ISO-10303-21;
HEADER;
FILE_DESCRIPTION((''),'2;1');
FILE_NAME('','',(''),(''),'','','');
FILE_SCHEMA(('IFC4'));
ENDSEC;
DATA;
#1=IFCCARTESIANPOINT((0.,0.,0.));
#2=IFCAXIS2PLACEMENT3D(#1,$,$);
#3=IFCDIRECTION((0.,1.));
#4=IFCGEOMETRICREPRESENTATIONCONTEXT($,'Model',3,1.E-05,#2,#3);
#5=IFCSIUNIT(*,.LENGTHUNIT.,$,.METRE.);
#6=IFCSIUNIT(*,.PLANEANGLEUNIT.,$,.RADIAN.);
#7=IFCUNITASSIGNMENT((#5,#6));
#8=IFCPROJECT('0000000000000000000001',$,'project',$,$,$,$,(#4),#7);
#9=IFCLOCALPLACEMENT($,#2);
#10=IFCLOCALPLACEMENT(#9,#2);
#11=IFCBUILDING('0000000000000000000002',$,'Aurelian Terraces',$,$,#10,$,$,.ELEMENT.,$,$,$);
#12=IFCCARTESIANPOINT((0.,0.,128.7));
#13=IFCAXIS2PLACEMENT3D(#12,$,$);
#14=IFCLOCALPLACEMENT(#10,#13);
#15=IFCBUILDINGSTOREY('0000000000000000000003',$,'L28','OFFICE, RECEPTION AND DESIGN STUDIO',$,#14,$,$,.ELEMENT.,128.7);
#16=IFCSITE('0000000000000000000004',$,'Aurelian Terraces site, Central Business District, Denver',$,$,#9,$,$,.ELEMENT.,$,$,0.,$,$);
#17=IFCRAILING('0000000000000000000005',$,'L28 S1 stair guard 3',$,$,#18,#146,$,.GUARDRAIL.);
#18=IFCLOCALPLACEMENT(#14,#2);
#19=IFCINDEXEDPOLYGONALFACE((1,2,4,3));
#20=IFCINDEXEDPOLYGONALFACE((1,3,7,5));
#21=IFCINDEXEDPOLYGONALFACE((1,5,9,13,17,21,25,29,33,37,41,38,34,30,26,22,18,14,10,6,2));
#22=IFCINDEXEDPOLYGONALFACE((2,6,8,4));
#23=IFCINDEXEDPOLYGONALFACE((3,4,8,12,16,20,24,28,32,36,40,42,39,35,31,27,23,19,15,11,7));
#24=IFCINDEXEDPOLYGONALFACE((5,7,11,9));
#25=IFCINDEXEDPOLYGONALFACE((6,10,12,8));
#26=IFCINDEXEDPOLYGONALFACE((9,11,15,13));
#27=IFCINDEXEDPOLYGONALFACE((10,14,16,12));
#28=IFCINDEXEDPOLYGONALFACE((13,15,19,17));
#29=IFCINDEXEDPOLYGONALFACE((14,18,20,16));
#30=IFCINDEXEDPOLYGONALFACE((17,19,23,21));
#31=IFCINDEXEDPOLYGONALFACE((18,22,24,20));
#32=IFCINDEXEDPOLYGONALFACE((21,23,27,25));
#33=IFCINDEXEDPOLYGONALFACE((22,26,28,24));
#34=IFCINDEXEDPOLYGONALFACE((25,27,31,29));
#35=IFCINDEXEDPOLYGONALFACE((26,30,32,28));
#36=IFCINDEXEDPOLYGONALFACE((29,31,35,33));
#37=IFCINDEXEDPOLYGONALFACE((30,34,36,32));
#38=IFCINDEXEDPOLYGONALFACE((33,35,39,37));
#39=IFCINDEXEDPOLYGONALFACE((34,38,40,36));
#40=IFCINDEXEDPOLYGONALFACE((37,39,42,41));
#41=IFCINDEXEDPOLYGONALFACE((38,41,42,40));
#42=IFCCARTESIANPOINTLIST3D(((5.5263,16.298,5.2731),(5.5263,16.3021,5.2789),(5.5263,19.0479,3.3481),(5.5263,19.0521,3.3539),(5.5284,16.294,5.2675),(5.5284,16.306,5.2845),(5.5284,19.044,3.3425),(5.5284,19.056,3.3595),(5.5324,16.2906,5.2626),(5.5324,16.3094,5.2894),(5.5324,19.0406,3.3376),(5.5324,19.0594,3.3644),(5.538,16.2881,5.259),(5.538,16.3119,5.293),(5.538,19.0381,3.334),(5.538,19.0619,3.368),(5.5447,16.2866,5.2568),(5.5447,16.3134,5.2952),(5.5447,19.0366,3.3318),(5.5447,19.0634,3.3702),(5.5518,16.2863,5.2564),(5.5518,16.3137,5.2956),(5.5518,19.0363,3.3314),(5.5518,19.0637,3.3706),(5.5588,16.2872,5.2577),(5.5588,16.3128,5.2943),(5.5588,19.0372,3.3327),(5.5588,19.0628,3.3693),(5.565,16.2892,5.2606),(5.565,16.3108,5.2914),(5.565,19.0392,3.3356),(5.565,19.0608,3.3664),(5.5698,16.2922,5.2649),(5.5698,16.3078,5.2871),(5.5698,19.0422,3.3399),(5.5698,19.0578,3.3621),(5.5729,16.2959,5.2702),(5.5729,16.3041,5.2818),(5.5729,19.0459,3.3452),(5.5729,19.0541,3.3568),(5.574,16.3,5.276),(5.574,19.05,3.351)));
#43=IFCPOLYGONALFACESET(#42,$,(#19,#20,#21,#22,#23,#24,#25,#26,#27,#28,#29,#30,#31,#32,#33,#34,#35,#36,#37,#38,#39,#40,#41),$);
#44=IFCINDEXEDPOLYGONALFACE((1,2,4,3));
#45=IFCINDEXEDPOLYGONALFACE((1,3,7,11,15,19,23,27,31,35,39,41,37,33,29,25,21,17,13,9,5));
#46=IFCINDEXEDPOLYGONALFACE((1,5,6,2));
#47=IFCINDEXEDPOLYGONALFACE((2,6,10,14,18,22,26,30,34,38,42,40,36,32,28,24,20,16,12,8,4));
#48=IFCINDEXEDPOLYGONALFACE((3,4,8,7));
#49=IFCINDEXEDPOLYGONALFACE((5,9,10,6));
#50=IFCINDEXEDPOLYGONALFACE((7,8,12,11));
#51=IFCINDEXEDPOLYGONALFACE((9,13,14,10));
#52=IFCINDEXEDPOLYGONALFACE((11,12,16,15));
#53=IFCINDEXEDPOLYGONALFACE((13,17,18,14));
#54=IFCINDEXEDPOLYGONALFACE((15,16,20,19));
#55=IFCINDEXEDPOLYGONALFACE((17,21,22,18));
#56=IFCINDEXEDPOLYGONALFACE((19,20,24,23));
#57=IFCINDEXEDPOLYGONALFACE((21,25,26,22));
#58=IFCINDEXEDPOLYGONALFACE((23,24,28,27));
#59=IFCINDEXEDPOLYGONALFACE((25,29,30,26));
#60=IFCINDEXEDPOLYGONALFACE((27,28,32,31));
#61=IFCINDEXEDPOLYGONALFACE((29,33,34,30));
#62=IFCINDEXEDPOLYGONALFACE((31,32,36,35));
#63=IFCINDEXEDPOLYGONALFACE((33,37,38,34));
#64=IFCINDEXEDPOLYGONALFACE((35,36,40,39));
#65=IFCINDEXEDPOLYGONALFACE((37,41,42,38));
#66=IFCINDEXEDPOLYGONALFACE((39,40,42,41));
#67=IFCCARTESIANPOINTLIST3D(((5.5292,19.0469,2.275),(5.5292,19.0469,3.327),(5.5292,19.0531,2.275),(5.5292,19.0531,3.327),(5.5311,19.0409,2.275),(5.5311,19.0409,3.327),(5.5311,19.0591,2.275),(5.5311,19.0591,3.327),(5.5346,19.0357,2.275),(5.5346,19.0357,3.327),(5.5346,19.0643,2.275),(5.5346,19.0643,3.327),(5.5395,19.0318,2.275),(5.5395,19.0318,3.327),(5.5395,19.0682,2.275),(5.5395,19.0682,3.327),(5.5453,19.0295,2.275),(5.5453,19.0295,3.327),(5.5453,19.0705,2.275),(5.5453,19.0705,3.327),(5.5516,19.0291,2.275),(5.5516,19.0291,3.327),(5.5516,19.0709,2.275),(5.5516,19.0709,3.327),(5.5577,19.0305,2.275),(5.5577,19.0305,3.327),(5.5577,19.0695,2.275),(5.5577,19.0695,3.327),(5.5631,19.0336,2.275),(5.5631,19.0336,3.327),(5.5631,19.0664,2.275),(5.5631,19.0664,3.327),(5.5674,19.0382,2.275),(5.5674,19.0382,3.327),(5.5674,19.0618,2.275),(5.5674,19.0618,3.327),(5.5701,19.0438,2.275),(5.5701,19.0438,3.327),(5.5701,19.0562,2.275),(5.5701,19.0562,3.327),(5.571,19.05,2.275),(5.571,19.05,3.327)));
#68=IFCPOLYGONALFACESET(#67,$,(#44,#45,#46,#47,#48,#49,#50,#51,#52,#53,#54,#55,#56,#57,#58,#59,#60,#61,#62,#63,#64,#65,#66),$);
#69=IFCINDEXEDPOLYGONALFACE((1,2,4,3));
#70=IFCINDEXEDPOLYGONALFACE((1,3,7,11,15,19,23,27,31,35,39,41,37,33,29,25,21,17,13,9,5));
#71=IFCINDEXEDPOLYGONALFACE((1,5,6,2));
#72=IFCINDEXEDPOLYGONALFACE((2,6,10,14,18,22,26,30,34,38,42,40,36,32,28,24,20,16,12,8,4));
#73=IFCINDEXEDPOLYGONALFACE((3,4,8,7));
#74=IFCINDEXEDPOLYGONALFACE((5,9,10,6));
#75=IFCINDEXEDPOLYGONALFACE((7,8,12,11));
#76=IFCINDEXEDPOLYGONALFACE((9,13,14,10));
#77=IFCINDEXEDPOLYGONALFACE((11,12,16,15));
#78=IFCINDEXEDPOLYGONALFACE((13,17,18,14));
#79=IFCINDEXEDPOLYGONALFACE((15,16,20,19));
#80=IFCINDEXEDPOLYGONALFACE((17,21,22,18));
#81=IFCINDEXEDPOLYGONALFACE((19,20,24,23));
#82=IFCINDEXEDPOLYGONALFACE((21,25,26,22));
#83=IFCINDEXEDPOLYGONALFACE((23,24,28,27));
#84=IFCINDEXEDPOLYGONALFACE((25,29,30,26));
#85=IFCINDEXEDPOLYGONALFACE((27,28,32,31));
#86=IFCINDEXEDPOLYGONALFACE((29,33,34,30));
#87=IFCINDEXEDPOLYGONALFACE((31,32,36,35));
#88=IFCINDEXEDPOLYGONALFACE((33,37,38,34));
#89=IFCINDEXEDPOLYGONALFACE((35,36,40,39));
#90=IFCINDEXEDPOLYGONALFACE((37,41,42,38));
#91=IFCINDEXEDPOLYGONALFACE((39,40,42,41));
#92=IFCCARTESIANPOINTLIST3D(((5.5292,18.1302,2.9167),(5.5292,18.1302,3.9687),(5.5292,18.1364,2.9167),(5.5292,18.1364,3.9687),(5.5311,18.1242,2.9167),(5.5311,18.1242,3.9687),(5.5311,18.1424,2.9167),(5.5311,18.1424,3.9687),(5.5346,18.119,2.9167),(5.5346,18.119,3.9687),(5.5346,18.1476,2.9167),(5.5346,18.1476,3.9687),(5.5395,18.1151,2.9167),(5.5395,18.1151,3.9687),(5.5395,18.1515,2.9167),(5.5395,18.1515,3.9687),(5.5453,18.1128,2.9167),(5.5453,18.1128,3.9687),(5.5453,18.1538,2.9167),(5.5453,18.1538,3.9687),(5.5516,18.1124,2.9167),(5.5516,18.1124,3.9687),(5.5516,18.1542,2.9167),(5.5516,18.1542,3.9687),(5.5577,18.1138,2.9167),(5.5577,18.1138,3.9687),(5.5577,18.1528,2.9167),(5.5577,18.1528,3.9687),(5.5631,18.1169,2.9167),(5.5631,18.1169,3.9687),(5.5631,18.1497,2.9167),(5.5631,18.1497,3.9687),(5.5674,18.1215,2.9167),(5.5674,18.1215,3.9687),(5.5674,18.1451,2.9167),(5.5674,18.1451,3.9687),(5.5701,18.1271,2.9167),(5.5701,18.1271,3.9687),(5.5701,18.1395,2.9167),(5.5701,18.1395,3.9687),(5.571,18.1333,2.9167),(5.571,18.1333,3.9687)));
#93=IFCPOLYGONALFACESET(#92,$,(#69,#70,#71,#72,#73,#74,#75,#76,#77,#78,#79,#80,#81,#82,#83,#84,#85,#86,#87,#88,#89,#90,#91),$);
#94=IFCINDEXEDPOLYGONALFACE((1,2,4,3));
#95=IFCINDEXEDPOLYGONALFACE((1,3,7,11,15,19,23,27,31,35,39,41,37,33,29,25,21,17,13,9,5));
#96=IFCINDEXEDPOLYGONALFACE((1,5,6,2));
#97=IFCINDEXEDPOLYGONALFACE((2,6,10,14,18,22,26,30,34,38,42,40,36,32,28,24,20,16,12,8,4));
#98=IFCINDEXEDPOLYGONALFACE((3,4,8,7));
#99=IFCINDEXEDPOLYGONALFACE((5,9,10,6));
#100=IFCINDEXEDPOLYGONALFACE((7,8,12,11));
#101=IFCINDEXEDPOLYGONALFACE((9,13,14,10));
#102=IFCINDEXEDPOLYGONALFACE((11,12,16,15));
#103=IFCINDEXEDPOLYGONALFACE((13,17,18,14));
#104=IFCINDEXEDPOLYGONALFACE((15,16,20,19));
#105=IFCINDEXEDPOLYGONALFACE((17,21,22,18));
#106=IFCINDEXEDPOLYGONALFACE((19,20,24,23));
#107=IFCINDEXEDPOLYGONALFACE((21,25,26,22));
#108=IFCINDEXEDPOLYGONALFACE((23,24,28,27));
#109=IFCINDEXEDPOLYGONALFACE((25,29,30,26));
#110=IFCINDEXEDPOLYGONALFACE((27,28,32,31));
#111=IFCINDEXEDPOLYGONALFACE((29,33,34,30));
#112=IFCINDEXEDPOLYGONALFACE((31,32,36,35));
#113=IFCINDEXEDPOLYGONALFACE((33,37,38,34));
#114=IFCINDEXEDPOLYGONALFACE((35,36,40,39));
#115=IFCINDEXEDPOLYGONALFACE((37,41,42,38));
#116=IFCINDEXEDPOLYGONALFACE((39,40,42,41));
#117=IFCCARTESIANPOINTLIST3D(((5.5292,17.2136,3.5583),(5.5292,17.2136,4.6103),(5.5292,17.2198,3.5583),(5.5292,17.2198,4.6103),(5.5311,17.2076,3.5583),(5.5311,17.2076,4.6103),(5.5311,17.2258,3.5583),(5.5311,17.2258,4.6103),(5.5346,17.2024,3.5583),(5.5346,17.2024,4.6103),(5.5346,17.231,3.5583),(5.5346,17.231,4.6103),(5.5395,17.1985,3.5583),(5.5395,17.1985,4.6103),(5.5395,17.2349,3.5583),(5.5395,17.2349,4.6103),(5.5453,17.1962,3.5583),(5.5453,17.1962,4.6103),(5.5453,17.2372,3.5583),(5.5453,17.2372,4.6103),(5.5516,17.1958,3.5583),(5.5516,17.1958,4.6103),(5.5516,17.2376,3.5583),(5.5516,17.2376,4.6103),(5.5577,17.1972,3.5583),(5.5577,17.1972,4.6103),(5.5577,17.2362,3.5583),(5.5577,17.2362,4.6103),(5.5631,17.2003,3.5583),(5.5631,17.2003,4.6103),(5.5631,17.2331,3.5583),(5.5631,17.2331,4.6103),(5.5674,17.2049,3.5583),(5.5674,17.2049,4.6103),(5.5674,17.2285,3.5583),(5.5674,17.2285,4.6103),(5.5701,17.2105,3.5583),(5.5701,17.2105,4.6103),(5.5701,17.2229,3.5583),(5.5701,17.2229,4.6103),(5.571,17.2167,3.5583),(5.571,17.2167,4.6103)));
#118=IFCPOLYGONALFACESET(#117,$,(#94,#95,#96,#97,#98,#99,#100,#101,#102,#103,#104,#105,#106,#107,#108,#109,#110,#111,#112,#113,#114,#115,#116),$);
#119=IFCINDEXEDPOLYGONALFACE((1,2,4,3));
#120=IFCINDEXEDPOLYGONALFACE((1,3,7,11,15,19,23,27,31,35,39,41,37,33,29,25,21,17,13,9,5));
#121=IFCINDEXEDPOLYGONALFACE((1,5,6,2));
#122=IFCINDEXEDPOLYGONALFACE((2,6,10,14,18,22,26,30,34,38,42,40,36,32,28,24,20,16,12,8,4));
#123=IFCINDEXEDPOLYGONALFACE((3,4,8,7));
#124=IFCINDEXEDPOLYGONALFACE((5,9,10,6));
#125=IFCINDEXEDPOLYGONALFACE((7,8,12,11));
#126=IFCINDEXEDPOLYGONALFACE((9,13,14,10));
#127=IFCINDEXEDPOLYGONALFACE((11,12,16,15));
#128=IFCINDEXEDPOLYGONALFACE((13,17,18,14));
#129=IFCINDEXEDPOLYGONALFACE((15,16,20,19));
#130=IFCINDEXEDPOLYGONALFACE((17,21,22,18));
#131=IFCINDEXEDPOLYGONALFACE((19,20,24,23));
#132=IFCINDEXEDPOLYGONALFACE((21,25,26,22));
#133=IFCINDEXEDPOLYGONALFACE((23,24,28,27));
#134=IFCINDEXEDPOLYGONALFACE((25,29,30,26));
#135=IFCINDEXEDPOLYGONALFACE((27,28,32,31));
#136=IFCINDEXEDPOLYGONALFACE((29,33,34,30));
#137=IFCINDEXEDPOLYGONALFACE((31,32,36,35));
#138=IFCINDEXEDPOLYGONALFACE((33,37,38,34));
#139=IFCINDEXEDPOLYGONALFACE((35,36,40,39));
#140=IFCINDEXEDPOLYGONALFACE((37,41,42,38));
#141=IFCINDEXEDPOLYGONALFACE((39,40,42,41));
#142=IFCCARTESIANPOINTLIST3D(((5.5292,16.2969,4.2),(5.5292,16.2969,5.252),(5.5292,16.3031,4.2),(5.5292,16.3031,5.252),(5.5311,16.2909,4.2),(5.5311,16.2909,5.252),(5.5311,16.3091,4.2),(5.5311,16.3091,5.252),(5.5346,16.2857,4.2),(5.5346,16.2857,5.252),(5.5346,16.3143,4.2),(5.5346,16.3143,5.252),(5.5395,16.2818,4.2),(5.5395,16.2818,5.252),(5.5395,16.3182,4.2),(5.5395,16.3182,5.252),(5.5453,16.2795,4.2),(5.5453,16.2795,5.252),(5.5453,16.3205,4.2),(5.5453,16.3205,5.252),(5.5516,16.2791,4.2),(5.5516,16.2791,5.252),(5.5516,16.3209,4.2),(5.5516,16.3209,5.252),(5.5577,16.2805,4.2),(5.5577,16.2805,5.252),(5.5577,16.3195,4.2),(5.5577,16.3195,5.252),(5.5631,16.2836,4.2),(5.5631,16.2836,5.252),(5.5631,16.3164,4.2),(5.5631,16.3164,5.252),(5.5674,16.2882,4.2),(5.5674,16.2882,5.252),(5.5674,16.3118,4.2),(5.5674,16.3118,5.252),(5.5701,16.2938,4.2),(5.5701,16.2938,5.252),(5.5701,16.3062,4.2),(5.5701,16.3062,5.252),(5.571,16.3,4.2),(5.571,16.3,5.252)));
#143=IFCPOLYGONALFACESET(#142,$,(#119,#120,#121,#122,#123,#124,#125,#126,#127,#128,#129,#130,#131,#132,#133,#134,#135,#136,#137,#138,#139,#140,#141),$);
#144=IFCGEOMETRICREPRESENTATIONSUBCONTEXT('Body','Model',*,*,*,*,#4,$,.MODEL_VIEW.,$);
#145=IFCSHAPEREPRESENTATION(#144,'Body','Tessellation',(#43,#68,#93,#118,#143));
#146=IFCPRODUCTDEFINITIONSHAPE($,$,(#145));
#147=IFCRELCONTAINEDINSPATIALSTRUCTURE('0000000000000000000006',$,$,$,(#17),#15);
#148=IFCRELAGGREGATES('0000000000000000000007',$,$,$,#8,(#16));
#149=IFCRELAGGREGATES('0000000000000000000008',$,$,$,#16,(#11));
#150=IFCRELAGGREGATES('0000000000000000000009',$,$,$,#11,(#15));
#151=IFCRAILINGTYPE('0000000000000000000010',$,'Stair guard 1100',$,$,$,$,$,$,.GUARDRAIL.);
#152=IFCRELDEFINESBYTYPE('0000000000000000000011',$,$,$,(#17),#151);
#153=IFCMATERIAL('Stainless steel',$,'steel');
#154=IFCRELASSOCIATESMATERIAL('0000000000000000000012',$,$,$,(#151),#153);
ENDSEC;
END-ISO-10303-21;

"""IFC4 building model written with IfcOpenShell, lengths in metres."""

from ifc_helpers import new_model, si_unit, direction, frame, origin, origin_2d, place, context, subcontext, project, spatial, circle, extrude, source, transform, mapped, material, type_object, element, save


model = new_model("IFC4")

# Units and contexts
model_context = context("Model", 3, precision=1e-05, world=origin(), true_north=direction((0.0, 1.0)))
body_context = subcontext(model_context, "Body", "Model", "MODEL_VIEW")
ifc_project = project(units=[si_unit("LENGTHUNIT", "METRE"), si_unit("PLANEANGLEUNIT", "RADIAN")], contexts=[model_context])

# Site, building, storey
site_placement = place(None, origin())
site = spatial("IfcSite", under=ifc_project, at=site_placement, Name="Aurelian Terraces site, Central Business District, Denver", CompositionType="ELEMENT", RefElevation=0.0)
building_placement = place(site_placement, origin())
building = spatial("IfcBuilding", under=site, at=building_placement, Name="Aurelian Terraces", CompositionType="ELEMENT")
storey_placement = place(building_placement, frame((0.0, 0.0, 128.7)))
storey = spatial("IfcBuildingStorey", under=building, at=storey_placement, Name="L28", Description="OFFICE, RECEPTION AND DESIGN STUDIO", CompositionType="ELEMENT", Elevation=128.7)

# Railing
ifc_material_1 = material(Name="Stainless steel", Category="steel")
railing_type_1 = type_object("IfcRailingType", Name="Stair guard 1100", PredefinedType="GUARDRAIL", material=ifc_material_1)
shared_shape_1 = source(origin(), body_context, "Body", "SweptSolid", [
    extrude(circle(Radius=0.024, at=origin_2d()), frame((0.0, 0.0, 1.076), z_axis=(0.0, -0.819232, 0.573462), x_axis=(1.0, 0.0, 0.0)), (0.0, 0.0, 1.0), 3.3568),
    extrude(circle(Radius=0.021, at=origin_2d()), origin(), (0.0, 0.0, 1.0), 1.052),
    extrude(circle(Radius=0.021, at=origin_2d()), frame((0.0, -0.9167, 0.6417)), (0.0, 0.0, 1.0), 1.052),
    extrude(circle(Radius=0.021, at=origin_2d()), frame((0.0, -1.8333, 1.2833)), (0.0, 0.0, 1.0), 1.052),
    extrude(circle(Radius=0.021, at=origin_2d()), frame((0.0, -2.75, 1.925)), (0.0, 0.0, 1.0), 1.052),
])
railing_1_placement = place(storey_placement, frame((5.55, 19.05, 2.275)))
element("IfcRailing", 1, at=railing_1_placement, inside=storey, type_object=railing_type_1, Name="L28 S1 stair guard 3", PredefinedType="GUARDRAIL", context=body_context, shape_type="MappedRepresentation", body=[
    mapped(shared_shape_1, transform((0.0, 0.0, 0.0), scale=1.0)),
])

save(model, "model.ifc")
